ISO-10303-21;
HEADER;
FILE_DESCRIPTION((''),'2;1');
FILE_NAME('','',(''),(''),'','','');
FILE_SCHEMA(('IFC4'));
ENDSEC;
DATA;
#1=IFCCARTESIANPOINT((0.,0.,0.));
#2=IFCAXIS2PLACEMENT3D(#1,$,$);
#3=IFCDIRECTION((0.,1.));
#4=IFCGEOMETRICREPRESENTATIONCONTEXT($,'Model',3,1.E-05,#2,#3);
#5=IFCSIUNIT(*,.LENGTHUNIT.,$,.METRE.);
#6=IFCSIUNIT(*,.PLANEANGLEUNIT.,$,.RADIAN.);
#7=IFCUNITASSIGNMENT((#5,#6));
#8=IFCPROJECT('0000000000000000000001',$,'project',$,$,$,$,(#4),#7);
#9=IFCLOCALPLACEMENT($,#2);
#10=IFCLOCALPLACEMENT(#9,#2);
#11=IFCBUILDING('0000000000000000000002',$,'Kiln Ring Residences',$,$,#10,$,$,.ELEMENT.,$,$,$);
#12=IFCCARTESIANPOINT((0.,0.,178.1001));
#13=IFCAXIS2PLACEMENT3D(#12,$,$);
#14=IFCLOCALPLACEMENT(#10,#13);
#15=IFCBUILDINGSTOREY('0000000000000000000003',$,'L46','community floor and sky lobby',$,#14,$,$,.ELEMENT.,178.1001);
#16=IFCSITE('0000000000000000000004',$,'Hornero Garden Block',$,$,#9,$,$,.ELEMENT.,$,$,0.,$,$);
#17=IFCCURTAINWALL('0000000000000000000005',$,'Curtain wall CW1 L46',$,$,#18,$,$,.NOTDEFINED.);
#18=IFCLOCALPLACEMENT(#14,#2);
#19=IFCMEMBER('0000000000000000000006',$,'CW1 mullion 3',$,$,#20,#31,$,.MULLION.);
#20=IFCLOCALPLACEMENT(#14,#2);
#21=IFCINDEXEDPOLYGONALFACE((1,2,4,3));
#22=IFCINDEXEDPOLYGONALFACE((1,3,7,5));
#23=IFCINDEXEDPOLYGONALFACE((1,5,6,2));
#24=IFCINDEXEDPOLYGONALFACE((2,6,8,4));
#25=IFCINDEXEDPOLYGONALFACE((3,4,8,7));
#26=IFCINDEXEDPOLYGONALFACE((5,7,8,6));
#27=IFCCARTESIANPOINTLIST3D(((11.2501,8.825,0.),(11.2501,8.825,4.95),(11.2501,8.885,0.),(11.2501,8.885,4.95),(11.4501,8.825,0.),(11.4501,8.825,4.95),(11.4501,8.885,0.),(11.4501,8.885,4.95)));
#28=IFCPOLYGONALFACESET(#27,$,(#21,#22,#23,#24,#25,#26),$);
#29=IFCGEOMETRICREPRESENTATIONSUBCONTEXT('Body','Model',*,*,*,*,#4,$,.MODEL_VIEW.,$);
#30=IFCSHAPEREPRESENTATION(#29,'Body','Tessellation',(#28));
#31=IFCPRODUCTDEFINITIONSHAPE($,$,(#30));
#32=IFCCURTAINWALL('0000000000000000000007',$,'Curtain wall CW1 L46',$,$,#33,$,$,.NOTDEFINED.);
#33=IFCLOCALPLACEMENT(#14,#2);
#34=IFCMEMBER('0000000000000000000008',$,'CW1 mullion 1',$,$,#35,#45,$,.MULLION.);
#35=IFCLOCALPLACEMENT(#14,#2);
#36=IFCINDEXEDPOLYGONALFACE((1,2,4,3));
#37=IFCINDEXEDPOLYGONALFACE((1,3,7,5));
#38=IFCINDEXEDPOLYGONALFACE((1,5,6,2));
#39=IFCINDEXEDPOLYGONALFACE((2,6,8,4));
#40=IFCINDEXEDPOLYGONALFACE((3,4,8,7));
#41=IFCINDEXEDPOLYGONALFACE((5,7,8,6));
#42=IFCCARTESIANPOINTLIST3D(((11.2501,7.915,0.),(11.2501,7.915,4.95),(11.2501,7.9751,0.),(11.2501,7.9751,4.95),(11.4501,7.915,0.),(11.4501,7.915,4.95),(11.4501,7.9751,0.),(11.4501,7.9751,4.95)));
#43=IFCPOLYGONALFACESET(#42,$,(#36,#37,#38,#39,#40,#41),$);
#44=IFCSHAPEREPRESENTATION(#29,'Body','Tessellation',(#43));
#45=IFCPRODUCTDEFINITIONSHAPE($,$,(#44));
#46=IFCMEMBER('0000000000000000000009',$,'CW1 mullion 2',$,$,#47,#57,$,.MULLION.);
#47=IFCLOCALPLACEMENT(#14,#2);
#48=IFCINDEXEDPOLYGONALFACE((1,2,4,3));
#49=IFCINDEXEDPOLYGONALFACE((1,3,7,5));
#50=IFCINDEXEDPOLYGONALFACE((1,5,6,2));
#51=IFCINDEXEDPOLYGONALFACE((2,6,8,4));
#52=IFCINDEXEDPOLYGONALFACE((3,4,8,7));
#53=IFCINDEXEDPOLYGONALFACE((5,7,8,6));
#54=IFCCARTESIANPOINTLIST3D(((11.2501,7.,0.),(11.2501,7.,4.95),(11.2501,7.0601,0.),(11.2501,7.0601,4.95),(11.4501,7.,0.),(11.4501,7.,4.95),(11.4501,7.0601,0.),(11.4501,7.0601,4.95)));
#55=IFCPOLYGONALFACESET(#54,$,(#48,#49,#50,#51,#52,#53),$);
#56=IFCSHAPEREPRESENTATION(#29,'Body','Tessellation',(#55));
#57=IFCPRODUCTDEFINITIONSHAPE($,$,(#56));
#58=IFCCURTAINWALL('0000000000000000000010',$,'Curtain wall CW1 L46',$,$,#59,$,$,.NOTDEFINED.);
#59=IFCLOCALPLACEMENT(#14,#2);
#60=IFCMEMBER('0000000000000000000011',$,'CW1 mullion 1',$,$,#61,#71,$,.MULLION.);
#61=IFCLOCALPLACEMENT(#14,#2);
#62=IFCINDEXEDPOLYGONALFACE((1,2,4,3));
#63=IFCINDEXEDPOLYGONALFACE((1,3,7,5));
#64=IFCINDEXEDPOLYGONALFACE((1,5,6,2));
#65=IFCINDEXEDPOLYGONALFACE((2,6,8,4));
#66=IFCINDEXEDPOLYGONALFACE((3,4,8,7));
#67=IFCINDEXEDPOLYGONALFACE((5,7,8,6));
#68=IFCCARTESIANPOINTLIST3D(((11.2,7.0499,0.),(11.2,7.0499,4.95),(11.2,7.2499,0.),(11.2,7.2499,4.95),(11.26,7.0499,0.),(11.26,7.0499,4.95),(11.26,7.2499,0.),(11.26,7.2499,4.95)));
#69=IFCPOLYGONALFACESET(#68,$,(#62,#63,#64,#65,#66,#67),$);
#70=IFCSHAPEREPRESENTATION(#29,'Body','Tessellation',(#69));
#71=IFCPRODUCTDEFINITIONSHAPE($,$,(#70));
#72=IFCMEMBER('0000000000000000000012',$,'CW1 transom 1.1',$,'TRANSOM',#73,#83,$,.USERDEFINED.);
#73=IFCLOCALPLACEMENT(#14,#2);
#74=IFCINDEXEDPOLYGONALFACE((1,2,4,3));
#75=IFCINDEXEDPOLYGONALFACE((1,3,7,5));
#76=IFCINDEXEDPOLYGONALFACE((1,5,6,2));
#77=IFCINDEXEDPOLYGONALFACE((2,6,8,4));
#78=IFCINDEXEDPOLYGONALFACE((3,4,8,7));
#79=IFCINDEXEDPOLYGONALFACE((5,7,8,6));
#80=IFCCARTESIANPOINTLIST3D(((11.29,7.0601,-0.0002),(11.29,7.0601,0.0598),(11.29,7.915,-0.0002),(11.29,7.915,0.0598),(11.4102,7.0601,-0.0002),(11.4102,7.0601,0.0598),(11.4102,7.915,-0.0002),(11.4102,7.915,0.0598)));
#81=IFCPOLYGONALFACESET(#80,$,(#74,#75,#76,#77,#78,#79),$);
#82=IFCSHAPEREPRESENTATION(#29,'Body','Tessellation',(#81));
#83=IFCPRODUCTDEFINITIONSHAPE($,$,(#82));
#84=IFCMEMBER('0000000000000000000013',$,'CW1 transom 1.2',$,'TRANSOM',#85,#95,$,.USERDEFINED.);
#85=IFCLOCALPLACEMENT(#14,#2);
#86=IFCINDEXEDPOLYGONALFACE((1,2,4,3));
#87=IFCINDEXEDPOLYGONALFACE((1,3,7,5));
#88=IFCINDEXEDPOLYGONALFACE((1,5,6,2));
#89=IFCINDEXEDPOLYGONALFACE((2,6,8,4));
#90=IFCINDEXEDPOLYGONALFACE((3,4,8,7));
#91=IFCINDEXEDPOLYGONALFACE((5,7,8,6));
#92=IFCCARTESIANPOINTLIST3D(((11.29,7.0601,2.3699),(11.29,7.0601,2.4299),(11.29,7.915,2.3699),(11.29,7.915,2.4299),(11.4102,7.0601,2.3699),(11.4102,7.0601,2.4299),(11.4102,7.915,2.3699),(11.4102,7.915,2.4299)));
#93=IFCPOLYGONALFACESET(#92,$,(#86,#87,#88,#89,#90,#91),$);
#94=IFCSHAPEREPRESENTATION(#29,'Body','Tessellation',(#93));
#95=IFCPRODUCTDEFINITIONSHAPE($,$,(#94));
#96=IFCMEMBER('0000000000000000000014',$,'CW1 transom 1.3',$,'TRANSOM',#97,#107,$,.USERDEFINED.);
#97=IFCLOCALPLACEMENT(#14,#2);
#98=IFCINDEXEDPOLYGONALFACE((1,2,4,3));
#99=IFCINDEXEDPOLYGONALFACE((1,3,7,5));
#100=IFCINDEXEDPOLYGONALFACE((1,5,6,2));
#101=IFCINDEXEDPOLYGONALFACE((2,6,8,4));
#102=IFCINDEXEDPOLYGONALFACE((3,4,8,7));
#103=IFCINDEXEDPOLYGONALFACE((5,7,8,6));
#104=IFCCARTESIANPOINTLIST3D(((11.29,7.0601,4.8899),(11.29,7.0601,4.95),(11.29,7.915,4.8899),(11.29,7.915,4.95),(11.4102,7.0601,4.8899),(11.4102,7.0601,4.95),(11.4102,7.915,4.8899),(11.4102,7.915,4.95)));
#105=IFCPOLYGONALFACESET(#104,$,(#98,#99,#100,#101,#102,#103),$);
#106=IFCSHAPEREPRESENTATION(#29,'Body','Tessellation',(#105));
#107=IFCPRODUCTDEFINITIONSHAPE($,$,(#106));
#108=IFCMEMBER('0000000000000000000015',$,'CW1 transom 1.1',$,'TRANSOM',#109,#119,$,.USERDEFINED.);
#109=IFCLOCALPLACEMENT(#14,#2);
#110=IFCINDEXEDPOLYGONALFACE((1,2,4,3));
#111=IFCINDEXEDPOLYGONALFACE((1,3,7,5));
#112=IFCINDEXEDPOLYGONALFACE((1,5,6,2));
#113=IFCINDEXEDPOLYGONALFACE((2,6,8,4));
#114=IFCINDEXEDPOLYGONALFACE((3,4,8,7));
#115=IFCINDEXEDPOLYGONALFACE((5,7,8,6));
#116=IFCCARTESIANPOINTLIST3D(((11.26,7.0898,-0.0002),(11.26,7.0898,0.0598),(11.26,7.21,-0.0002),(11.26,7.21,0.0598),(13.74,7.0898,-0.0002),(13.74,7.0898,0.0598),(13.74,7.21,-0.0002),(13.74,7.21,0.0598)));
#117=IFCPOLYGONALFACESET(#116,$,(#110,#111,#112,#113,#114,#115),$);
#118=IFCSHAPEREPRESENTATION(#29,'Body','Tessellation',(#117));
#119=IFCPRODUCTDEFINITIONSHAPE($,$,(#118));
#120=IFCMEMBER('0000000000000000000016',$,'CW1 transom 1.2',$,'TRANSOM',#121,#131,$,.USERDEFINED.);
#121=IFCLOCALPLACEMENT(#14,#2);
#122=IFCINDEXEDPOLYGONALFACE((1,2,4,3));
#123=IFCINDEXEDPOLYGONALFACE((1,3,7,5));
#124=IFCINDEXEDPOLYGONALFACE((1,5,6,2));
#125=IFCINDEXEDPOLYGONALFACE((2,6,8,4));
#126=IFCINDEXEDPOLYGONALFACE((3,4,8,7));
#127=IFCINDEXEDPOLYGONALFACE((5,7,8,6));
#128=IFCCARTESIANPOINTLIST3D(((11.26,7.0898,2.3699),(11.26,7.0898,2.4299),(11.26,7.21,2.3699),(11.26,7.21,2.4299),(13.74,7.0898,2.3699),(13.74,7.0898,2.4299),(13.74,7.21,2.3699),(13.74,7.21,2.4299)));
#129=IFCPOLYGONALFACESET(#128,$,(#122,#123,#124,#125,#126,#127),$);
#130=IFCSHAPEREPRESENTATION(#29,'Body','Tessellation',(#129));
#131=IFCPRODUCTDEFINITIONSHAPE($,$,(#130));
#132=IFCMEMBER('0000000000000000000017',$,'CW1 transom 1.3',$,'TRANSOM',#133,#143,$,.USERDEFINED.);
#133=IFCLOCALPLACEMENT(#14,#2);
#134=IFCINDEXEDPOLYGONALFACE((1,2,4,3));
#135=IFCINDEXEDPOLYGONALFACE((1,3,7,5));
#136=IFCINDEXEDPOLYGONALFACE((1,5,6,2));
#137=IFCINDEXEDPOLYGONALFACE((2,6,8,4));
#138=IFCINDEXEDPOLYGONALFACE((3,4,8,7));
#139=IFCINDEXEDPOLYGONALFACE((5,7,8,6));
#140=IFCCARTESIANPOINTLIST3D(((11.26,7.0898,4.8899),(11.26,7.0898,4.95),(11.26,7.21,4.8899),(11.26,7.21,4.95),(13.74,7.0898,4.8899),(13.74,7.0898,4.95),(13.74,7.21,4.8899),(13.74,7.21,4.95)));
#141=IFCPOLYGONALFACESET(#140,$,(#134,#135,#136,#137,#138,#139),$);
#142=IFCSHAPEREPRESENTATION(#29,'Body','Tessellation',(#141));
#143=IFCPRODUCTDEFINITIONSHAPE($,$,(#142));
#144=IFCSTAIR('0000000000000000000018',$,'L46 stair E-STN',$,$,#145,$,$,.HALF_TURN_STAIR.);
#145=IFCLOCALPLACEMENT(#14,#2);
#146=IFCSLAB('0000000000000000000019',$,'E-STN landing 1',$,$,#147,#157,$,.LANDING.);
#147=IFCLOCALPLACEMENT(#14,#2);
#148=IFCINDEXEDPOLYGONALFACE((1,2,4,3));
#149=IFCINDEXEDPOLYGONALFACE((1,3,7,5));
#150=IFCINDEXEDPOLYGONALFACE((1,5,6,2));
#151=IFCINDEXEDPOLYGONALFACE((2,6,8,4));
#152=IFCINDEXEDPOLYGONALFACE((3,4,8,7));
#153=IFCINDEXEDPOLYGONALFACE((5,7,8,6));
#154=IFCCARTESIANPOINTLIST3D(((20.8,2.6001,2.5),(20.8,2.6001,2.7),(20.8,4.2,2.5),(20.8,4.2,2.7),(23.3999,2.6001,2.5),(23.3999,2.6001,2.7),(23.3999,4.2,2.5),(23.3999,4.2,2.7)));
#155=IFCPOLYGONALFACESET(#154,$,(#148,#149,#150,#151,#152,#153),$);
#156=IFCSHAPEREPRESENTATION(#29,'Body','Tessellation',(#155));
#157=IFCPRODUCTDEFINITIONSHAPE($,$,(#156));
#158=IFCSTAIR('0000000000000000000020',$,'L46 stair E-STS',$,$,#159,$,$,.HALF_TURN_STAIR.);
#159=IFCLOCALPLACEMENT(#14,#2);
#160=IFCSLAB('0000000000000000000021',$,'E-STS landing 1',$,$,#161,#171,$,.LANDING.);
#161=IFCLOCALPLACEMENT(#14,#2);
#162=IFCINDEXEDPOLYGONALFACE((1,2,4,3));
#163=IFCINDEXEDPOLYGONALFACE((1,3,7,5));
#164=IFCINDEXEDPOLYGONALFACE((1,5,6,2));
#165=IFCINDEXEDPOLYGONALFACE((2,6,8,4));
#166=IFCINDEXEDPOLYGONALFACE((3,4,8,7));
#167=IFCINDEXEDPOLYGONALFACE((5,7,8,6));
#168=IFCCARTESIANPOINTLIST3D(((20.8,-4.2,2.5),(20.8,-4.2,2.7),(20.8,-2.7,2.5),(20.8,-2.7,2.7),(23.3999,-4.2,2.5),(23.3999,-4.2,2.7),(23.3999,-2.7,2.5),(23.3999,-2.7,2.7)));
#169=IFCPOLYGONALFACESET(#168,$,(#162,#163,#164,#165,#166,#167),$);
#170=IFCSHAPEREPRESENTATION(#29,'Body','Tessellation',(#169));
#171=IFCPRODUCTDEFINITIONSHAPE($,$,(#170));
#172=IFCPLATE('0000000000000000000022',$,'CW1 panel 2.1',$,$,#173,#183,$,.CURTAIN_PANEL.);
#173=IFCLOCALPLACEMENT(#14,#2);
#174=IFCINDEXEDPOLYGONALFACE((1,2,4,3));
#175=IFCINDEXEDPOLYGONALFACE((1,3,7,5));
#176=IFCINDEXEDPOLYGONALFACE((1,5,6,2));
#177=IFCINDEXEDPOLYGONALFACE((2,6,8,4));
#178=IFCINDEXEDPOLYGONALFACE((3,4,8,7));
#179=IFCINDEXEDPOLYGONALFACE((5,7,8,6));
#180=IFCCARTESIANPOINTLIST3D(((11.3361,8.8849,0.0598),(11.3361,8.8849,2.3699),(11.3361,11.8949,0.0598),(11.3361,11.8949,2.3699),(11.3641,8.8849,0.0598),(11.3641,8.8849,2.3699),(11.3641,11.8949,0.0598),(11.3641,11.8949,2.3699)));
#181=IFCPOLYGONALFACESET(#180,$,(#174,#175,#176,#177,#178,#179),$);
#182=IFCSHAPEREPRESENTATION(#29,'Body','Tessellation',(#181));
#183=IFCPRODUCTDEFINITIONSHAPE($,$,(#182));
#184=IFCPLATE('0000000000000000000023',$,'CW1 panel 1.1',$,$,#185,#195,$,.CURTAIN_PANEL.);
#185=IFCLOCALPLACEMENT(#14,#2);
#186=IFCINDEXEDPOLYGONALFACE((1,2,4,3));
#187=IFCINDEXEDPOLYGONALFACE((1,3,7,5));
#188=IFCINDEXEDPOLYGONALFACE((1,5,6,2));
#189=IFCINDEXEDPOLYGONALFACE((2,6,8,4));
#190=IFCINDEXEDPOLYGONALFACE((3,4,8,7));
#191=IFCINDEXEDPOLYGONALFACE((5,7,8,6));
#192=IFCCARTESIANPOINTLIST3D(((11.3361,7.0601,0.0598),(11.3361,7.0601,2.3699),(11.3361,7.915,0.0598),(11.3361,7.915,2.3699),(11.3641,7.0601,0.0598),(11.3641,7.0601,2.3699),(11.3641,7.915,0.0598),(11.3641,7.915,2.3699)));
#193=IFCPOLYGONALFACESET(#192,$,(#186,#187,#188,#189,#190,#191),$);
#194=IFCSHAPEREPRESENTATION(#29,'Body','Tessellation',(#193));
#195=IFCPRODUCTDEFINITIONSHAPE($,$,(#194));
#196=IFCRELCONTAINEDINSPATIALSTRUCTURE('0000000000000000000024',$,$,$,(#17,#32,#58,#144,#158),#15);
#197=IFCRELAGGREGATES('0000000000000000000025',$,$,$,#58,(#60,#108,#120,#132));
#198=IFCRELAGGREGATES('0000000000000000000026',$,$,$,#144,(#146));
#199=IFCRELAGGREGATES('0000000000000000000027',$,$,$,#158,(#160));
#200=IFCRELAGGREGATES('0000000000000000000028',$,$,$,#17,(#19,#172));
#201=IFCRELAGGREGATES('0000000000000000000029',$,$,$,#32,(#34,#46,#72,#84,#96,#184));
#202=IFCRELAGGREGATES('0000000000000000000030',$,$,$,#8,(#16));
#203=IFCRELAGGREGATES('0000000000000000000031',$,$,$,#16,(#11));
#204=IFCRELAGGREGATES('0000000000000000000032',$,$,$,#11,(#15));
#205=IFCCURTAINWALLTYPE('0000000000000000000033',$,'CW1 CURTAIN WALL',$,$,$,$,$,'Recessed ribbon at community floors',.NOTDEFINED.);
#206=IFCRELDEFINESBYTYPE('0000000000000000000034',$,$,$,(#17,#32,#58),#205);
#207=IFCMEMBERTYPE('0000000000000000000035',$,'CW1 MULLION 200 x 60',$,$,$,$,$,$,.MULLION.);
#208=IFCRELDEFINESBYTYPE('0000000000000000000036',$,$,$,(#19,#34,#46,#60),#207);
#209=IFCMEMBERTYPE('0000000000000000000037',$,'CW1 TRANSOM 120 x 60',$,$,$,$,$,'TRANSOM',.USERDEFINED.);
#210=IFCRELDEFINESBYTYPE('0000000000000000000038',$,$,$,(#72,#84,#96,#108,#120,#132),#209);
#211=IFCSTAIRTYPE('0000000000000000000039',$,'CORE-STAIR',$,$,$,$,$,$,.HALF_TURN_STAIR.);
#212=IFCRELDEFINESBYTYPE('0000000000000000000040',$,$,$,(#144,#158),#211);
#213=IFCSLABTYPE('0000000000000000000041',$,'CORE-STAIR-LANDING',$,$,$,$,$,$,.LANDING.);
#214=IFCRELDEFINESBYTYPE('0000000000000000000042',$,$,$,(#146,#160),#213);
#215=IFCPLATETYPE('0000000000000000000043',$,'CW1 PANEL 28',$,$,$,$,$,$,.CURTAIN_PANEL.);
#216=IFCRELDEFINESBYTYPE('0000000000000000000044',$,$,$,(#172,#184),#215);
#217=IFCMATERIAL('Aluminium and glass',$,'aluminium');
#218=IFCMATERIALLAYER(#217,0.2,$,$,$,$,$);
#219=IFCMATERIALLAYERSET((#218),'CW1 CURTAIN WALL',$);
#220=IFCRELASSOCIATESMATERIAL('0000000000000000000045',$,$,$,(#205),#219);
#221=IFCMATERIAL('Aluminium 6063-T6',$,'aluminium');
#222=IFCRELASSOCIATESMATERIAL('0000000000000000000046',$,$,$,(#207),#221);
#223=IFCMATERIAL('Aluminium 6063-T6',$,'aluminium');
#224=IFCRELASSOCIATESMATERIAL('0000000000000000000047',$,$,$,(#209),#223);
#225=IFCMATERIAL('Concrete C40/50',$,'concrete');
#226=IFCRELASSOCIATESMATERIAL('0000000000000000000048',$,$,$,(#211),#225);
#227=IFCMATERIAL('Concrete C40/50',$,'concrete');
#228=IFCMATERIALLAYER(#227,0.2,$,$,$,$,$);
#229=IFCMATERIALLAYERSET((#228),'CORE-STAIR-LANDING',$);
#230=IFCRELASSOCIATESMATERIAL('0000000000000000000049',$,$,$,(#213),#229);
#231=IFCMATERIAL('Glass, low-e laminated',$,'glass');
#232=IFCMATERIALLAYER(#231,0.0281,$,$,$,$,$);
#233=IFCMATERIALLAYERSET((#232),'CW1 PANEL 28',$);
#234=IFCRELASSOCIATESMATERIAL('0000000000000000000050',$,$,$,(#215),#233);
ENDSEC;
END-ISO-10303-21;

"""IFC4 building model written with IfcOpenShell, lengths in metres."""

from ifc_helpers import new_model, si_unit, direction, frame, origin, origin_2d, place, context, subcontext, project, spatial, polyline, rectangle, outline, extrude, material, layer, layer_set, material_profile, profile_set, type_object, element, aggregate, save


model = new_model("IFC4")

# Units and contexts
model_context = context("Model", 3, precision=1e-05, world=origin(), true_north=direction((0.0, 1.0)))
body_context = subcontext(model_context, "Body", "Model", "MODEL_VIEW")
ifc_project = project(units=[si_unit("LENGTHUNIT", "METRE"), si_unit("PLANEANGLEUNIT", "RADIAN")], contexts=[model_context])

# Site, building, storey
site_placement = place(None, origin())
site = spatial("IfcSite", under=ifc_project, at=site_placement, Name="Hornero Garden Block", CompositionType="ELEMENT", RefElevation=0.0)
building_placement = place(site_placement, origin())
building = spatial("IfcBuilding", under=site, at=building_placement, Name="Kiln Ring Residences", CompositionType="ELEMENT")
storey_placement = place(building_placement, frame((0.0, 0.0, 178.1001)))
storey = spatial("IfcBuildingStorey", under=building, at=storey_placement, Name="L46", Description="community floor and sky lobby", CompositionType="ELEMENT", Elevation=178.1001)

# Curtain wall, member
ifc_material_1 = material(Name="Aluminium and glass", Category="aluminium")
ifc_layer_1 = layer(ifc_material_1, 0.2)
ifc_layer_set_1 = layer_set([ifc_layer_1], Name="CW1 CURTAIN WALL")
curtain_wall_type = type_object("IfcCurtainWallType", Name="CW1 CURTAIN WALL", ElementType="Recessed ribbon at community floors", PredefinedType="NOTDEFINED", material=ifc_layer_set_1)
placement_1 = place(storey_placement, origin())
curtain_wall_1 = element("IfcCurtainWall", 1, at=placement_1, inside=storey, type_object=curtain_wall_type, Name="Curtain wall CW1 L46", PredefinedType="NOTDEFINED")
ifc_material_2 = material(Name="Aluminium 6063-T6", Category="aluminium")
ifc_material_profile_1 = material_profile(ifc_material_2, rectangle(XDim=0.2, YDim=0.0601, at=origin_2d()), Name="AL 200x60")
ifc_profile_set_1 = profile_set([ifc_material_profile_1], Name="Aluminium 6063-T6")
member_type_1 = type_object("IfcMemberType", Name="CW1 MULLION 200 x 60", PredefinedType="MULLION", material=ifc_profile_set_1)
member_1_placement = place(storey_placement, frame((11.3501, 8.855, 0.0), z_axis=(0.0, 0.0, 1.0), x_axis=(1.0, 0.0, 0.0)))
member_1 = element("IfcMember", 2, at=member_1_placement, type_object=member_type_1, Name="CW1 mullion 3", PredefinedType="MULLION", context=body_context, shape_type="SweptSolid", body=[
    extrude(rectangle(XDim=0.2, YDim=0.0601, at=origin_2d()), origin(), (0.0, 0.0, 1.0), 4.95),
])

# Curtain wall, members
curtain_wall_2 = element("IfcCurtainWall", 3, at=placement_1, inside=storey, type_object=curtain_wall_type, Name="Curtain wall CW1 L46", PredefinedType="NOTDEFINED")
member_2_placement = place(storey_placement, frame((11.3501, 7.9451, 0.0), z_axis=(0.0, 0.0, 1.0), x_axis=(1.0, 0.0, 0.0)))
member_2 = element("IfcMember", 4, at=member_2_placement, type_object=member_type_1, Name="CW1 mullion 1", PredefinedType="MULLION", context=body_context, shape_type="SweptSolid", body=[
    extrude(rectangle(XDim=0.2, YDim=0.0601, at=origin_2d()), origin(), (0.0, 0.0, 1.0), 4.95),
])
member_3_placement = place(storey_placement, frame((11.3501, 7.03, 0.0), z_axis=(0.0, 0.0, 1.0), x_axis=(1.0, 0.0, 0.0)))
member_3 = element("IfcMember", 5, at=member_3_placement, type_object=member_type_1, Name="CW1 mullion 2", PredefinedType="MULLION", context=body_context, shape_type="SweptSolid", body=[
    extrude(rectangle(XDim=0.2, YDim=0.0601, at=origin_2d()), origin(), (0.0, 0.0, 1.0), 4.95),
])

# Curtain wall, member
curtain_wall_3 = element("IfcCurtainWall", 6, at=placement_1, inside=storey, type_object=curtain_wall_type, Name="Curtain wall CW1 L46", PredefinedType="NOTDEFINED")
member_4_placement = place(storey_placement, frame((11.23, 7.1499, 0.0), z_axis=(0.0, 0.0, 1.0), x_axis=(0.0, 1.0, 0.0)))
member_4 = element("IfcMember", 7, at=member_4_placement, type_object=member_type_1, Name="CW1 mullion 1", PredefinedType="MULLION", context=body_context, shape_type="SweptSolid", body=[
    extrude(rectangle(XDim=0.2, YDim=0.0601, at=origin_2d()), origin(), (0.0, 0.0, 1.0), 4.95),
])

# Members
ifc_material_3 = material(Name="Aluminium 6063-T6", Category="aluminium")
ifc_material_profile_2 = material_profile(ifc_material_3, rectangle(XDim=0.1201, YDim=0.0601, at=origin_2d()), Name="AL 120x60")
ifc_profile_set_2 = profile_set([ifc_material_profile_2], Name="Aluminium 6063-T6")
member_type_2 = type_object("IfcMemberType", Name="CW1 TRANSOM 120 x 60", ElementType="TRANSOM", PredefinedType="USERDEFINED", material=ifc_profile_set_2)
member_5_placement = place(storey_placement, frame((11.3501, 7.915, 0.0298), z_axis=(0.0, -1.0, 0.0), x_axis=(1.0, 0.0, 0.0)))
member_5 = element("IfcMember", 8, at=member_5_placement, type_object=member_type_2, Name="CW1 transom 1.1", ObjectType="TRANSOM", PredefinedType="USERDEFINED", context=body_context, shape_type="SweptSolid", body=[
    extrude(rectangle(XDim=0.1201, YDim=0.0601, at=origin_2d()), origin(), (0.0, 0.0, 1.0), 0.855),
])
member_6_placement = place(storey_placement, frame((11.3501, 7.915, 2.3999), z_axis=(0.0, -1.0, 0.0), x_axis=(1.0, 0.0, 0.0)))
member_6 = element("IfcMember", 9, at=member_6_placement, type_object=member_type_2, Name="CW1 transom 1.2", ObjectType="TRANSOM", PredefinedType="USERDEFINED", context=body_context, shape_type="SweptSolid", body=[
    extrude(rectangle(XDim=0.1201, YDim=0.0601, at=origin_2d()), origin(), (0.0, 0.0, 1.0), 0.855),
])
member_7_placement = place(storey_placement, frame((11.3501, 7.915, 4.9199), z_axis=(0.0, -1.0, 0.0), x_axis=(1.0, 0.0, 0.0)))
member_7 = element("IfcMember", 10, at=member_7_placement, type_object=member_type_2, Name="CW1 transom 1.3", ObjectType="TRANSOM", PredefinedType="USERDEFINED", context=body_context, shape_type="SweptSolid", body=[
    extrude(rectangle(XDim=0.1201, YDim=0.0601, at=origin_2d()), origin(), (0.0, 0.0, 1.0), 0.855),
])
member_8_placement = place(storey_placement, frame((11.26, 7.1499, 0.0298), z_axis=(1.0, 0.0, 0.0), x_axis=(0.0, 1.0, 0.0)))
member_8 = element("IfcMember", 11, at=member_8_placement, type_object=member_type_2, Name="CW1 transom 1.1", ObjectType="TRANSOM", PredefinedType="USERDEFINED", context=body_context, shape_type="SweptSolid", body=[
    extrude(rectangle(XDim=0.1201, YDim=0.0601, at=origin_2d()), origin(), (0.0, 0.0, 1.0), 2.48),
])
member_9_placement = place(storey_placement, frame((11.26, 7.1499, 2.3999), z_axis=(1.0, 0.0, 0.0), x_axis=(0.0, 1.0, 0.0)))
member_9 = element("IfcMember", 12, at=member_9_placement, type_object=member_type_2, Name="CW1 transom 1.2", ObjectType="TRANSOM", PredefinedType="USERDEFINED", context=body_context, shape_type="SweptSolid", body=[
    extrude(rectangle(XDim=0.1201, YDim=0.0601, at=origin_2d()), origin(), (0.0, 0.0, 1.0), 2.48),
])
member_10_placement = place(storey_placement, frame((11.26, 7.1499, 4.9199), z_axis=(1.0, 0.0, 0.0), x_axis=(0.0, 1.0, 0.0)))
member_10 = element("IfcMember", 13, at=member_10_placement, type_object=member_type_2, Name="CW1 transom 1.3", ObjectType="TRANSOM", PredefinedType="USERDEFINED", context=body_context, shape_type="SweptSolid", body=[
    extrude(rectangle(XDim=0.1201, YDim=0.0601, at=origin_2d()), origin(), (0.0, 0.0, 1.0), 2.48),
])
aggregate(curtain_wall_3, [member_4, member_8, member_9, member_10])

# Stairs, slabs
ifc_material_4 = material(Name="Concrete C40/50", Category="concrete")
stair_type = type_object("IfcStairType", Name="CORE-STAIR", PredefinedType="HALF_TURN_STAIR", material=ifc_material_4)
stair_1 = element("IfcStair", 14, at=placement_1, inside=storey, type_object=stair_type, Name="L46 stair E-STN", PredefinedType="HALF_TURN_STAIR")
ifc_material_5 = material(Name="Concrete C40/50", Category="concrete")
ifc_layer_2 = layer(ifc_material_5, 0.2)
ifc_layer_set_2 = layer_set([ifc_layer_2], Name="CORE-STAIR-LANDING")
slab_type = type_object("IfcSlabType", Name="CORE-STAIR-LANDING", PredefinedType="LANDING", material=ifc_layer_set_2)
placement_2 = place(storey_placement, frame((0.0, 0.0, 2.5)))
slab_1 = element("IfcSlab", 15, at=placement_2, type_object=slab_type, Name="E-STN landing 1", PredefinedType="LANDING", context=body_context, shape_type="SweptSolid", body=[
    extrude(outline(polyline([(20.8, 4.2), (20.8, 2.6001), (23.3999, 2.6001), (23.3999, 4.2), (20.8, 4.2)])), origin(), (0.0, 0.0, 1.0), 0.2),
])
aggregate(stair_1, [slab_1])
stair_2 = element("IfcStair", 16, at=placement_1, inside=storey, type_object=stair_type, Name="L46 stair E-STS", PredefinedType="HALF_TURN_STAIR")
slab_2 = element("IfcSlab", 17, at=placement_2, type_object=slab_type, Name="E-STS landing 1", PredefinedType="LANDING", context=body_context, shape_type="SweptSolid", body=[
    extrude(outline(polyline([(23.3999, -4.2), (23.3999, -2.7), (20.8, -2.7), (20.8, -4.2), (23.3999, -4.2)])), origin(), (0.0, 0.0, 1.0), 0.2),
])
aggregate(stair_2, [slab_2])

# Plates
ifc_material_6 = material(Name="Glass, low-e laminated", Category="glass")
ifc_layer_3 = layer(ifc_material_6, 0.0281)
ifc_layer_set_3 = layer_set([ifc_layer_3], Name="CW1 PANEL 28")
plate_type = type_object("IfcPlateType", Name="CW1 PANEL 28", PredefinedType="CURTAIN_PANEL", material=ifc_layer_set_3)
plate_1_placement = place(storey_placement, frame((11.3501, 10.3899, 0.0598), z_axis=(0.0, 0.0, 1.0), x_axis=(0.0, -1.0, 0.0)))
plate_1 = element("IfcPlate", 18, at=plate_1_placement, type_object=plate_type, Name="CW1 panel 2.1", PredefinedType="CURTAIN_PANEL", context=body_context, shape_type="SweptSolid", body=[
    extrude(rectangle(XDim=3.01, YDim=0.0281, at=origin_2d()), origin(), (0.0, 0.0, 1.0), 2.3101),
])
aggregate(curtain_wall_1, [member_1, plate_1])
plate_2_placement = place(storey_placement, frame((11.3501, 7.4875, 0.0598), z_axis=(0.0, 0.0, 1.0), x_axis=(0.0, -1.0, 0.0)))
plate_2 = element("IfcPlate", 19, at=plate_2_placement, type_object=plate_type, Name="CW1 panel 1.1", PredefinedType="CURTAIN_PANEL", context=body_context, shape_type="SweptSolid", body=[
    extrude(rectangle(XDim=0.855, YDim=0.0281, at=origin_2d()), origin(), (0.0, 0.0, 1.0), 2.3101),
])
aggregate(curtain_wall_2, [member_2, member_3, member_5, member_6, member_7, plate_2])

save(model, "model.ifc")
